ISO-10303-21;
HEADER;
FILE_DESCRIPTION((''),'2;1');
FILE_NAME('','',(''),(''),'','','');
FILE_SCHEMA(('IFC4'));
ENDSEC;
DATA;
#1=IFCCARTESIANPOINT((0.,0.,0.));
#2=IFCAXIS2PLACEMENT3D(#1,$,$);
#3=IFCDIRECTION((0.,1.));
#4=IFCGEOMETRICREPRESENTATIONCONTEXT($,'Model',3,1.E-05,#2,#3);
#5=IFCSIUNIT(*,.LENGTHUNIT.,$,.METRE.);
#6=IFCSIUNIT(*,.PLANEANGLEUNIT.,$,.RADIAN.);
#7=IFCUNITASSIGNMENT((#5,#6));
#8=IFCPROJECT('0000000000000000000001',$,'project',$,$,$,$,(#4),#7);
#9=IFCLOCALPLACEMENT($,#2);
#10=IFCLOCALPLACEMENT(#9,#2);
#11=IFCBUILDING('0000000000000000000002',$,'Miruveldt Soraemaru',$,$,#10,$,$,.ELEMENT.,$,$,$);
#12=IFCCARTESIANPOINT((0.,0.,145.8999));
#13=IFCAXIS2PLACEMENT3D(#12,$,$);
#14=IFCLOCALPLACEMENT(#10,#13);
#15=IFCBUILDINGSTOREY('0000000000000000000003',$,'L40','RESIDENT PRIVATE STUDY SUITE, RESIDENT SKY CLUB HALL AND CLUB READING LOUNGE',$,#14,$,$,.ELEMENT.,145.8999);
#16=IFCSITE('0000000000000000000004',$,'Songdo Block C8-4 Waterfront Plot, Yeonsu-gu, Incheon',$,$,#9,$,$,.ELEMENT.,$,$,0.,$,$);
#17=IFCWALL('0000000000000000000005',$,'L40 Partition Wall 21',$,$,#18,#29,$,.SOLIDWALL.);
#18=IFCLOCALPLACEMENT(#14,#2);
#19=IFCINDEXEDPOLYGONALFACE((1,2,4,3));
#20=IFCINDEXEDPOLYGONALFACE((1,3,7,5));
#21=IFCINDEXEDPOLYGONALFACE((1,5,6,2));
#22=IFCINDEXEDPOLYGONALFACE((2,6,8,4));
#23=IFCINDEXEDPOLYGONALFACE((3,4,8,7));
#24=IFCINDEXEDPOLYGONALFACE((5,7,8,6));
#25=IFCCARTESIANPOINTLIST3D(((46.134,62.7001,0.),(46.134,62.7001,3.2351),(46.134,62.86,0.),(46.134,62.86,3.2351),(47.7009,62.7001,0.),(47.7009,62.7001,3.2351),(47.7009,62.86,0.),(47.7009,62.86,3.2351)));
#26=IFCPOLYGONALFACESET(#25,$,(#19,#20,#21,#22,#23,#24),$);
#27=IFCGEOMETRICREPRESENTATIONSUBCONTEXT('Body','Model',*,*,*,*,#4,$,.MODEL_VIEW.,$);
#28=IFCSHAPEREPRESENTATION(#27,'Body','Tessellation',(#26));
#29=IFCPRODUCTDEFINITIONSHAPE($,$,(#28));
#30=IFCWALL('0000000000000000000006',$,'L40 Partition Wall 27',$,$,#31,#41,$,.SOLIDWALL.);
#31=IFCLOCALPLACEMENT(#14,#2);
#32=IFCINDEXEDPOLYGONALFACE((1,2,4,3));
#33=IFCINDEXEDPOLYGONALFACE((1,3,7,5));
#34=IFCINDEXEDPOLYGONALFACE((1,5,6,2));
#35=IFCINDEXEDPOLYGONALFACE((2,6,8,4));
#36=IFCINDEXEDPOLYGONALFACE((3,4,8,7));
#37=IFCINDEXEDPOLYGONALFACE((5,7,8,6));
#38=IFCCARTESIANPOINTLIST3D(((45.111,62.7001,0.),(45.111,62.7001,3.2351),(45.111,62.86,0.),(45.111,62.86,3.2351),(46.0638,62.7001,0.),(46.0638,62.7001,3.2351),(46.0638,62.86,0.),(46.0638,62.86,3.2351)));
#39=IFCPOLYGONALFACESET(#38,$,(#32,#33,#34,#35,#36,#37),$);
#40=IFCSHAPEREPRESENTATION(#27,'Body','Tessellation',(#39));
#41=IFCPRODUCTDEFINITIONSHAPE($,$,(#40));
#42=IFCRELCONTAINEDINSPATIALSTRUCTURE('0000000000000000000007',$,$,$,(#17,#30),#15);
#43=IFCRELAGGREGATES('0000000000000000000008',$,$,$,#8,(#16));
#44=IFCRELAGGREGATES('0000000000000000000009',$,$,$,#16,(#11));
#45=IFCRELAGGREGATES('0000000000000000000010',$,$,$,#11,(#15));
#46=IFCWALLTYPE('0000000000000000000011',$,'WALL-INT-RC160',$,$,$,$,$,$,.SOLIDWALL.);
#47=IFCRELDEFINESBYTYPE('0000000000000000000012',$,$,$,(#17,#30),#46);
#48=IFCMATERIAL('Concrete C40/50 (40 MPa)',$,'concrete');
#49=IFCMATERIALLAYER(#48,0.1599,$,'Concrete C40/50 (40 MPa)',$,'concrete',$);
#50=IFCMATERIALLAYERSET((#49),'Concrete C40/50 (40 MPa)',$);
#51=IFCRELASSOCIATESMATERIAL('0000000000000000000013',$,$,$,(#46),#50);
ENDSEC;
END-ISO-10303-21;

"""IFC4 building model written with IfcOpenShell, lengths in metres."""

from ifc_helpers import new_model, si_unit, direction, frame, frame_2d, origin, place, context, subcontext, project, spatial, rectangle, extrude, material, layer, layer_set, type_object, element, save


model = new_model("IFC4")

# Units and contexts
model_context = context("Model", 3, precision=1e-05, world=origin(), true_north=direction((0.0, 1.0)))
body_context = subcontext(model_context, "Body", "Model", "MODEL_VIEW")
ifc_project = project(units=[si_unit("LENGTHUNIT", "METRE"), si_unit("PLANEANGLEUNIT", "RADIAN")], contexts=[model_context])

# Site, building, storey
site_placement = place(None, origin())
site = spatial("IfcSite", under=ifc_project, at=site_placement, Name="Songdo Block C8-4 Waterfront Plot, Yeonsu-gu, Incheon", CompositionType="ELEMENT", RefElevation=0.0)
building_placement = place(site_placement, origin())
building = spatial("IfcBuilding", under=site, at=building_placement, Name="Miruveldt Soraemaru", CompositionType="ELEMENT")
storey_placement = place(building_placement, frame((0.0, 0.0, 145.8999)))
storey = spatial("IfcBuildingStorey", under=building, at=storey_placement, Name="L40", Description="RESIDENT PRIVATE STUDY SUITE, RESIDENT SKY CLUB HALL AND CLUB READING LOUNGE", CompositionType="ELEMENT", Elevation=145.8999)

# Shared definitions
ifc_material_1 = material(Name="Concrete C40/50 (40 MPa)", Category="concrete")
ifc_layer_1 = layer(ifc_material_1, 0.1599, Name="Concrete C40/50 (40 MPa)", Category="concrete")
ifc_layer_set_1 = layer_set([ifc_layer_1], Name="Concrete C40/50 (40 MPa)")
wall_type_1 = type_object("IfcWallType", Name="WALL-INT-RC160", PredefinedType="SOLIDWALL", material=ifc_layer_set_1)

# Walls
wall_1_placement = place(storey_placement, frame((47.7009, 62.78, 0.0), z_axis=(0.0, 0.0, 1.0), x_axis=(-1.0, 0.0, 0.0)))
element("IfcWall", 1, at=wall_1_placement, inside=storey, type_object=wall_type_1, Name="L40 Partition Wall 21", PredefinedType="SOLIDWALL", context=body_context, shape_type="SweptSolid", body=[
    extrude(rectangle(XDim=1.5669, YDim=0.1599, at=frame_2d((0.7834, 0.0))), origin(), (0.0, 0.0, 1.0), 3.2351),
])
wall_2_placement = place(storey_placement, frame((46.064, 62.78, 0.0), z_axis=(0.0, 0.0, 1.0), x_axis=(-1.0, 0.0, 0.0)))
element("IfcWall", 2, at=wall_2_placement, inside=storey, type_object=wall_type_1, Name="L40 Partition Wall 27", PredefinedType="SOLIDWALL", context=body_context, shape_type="SweptSolid", body=[
    extrude(rectangle(XDim=0.9529, YDim=0.1599, at=frame_2d((0.4766, 0.0))), origin(), (0.0, 0.0, 1.0), 3.2351),
])

save(model, "model.ifc")
